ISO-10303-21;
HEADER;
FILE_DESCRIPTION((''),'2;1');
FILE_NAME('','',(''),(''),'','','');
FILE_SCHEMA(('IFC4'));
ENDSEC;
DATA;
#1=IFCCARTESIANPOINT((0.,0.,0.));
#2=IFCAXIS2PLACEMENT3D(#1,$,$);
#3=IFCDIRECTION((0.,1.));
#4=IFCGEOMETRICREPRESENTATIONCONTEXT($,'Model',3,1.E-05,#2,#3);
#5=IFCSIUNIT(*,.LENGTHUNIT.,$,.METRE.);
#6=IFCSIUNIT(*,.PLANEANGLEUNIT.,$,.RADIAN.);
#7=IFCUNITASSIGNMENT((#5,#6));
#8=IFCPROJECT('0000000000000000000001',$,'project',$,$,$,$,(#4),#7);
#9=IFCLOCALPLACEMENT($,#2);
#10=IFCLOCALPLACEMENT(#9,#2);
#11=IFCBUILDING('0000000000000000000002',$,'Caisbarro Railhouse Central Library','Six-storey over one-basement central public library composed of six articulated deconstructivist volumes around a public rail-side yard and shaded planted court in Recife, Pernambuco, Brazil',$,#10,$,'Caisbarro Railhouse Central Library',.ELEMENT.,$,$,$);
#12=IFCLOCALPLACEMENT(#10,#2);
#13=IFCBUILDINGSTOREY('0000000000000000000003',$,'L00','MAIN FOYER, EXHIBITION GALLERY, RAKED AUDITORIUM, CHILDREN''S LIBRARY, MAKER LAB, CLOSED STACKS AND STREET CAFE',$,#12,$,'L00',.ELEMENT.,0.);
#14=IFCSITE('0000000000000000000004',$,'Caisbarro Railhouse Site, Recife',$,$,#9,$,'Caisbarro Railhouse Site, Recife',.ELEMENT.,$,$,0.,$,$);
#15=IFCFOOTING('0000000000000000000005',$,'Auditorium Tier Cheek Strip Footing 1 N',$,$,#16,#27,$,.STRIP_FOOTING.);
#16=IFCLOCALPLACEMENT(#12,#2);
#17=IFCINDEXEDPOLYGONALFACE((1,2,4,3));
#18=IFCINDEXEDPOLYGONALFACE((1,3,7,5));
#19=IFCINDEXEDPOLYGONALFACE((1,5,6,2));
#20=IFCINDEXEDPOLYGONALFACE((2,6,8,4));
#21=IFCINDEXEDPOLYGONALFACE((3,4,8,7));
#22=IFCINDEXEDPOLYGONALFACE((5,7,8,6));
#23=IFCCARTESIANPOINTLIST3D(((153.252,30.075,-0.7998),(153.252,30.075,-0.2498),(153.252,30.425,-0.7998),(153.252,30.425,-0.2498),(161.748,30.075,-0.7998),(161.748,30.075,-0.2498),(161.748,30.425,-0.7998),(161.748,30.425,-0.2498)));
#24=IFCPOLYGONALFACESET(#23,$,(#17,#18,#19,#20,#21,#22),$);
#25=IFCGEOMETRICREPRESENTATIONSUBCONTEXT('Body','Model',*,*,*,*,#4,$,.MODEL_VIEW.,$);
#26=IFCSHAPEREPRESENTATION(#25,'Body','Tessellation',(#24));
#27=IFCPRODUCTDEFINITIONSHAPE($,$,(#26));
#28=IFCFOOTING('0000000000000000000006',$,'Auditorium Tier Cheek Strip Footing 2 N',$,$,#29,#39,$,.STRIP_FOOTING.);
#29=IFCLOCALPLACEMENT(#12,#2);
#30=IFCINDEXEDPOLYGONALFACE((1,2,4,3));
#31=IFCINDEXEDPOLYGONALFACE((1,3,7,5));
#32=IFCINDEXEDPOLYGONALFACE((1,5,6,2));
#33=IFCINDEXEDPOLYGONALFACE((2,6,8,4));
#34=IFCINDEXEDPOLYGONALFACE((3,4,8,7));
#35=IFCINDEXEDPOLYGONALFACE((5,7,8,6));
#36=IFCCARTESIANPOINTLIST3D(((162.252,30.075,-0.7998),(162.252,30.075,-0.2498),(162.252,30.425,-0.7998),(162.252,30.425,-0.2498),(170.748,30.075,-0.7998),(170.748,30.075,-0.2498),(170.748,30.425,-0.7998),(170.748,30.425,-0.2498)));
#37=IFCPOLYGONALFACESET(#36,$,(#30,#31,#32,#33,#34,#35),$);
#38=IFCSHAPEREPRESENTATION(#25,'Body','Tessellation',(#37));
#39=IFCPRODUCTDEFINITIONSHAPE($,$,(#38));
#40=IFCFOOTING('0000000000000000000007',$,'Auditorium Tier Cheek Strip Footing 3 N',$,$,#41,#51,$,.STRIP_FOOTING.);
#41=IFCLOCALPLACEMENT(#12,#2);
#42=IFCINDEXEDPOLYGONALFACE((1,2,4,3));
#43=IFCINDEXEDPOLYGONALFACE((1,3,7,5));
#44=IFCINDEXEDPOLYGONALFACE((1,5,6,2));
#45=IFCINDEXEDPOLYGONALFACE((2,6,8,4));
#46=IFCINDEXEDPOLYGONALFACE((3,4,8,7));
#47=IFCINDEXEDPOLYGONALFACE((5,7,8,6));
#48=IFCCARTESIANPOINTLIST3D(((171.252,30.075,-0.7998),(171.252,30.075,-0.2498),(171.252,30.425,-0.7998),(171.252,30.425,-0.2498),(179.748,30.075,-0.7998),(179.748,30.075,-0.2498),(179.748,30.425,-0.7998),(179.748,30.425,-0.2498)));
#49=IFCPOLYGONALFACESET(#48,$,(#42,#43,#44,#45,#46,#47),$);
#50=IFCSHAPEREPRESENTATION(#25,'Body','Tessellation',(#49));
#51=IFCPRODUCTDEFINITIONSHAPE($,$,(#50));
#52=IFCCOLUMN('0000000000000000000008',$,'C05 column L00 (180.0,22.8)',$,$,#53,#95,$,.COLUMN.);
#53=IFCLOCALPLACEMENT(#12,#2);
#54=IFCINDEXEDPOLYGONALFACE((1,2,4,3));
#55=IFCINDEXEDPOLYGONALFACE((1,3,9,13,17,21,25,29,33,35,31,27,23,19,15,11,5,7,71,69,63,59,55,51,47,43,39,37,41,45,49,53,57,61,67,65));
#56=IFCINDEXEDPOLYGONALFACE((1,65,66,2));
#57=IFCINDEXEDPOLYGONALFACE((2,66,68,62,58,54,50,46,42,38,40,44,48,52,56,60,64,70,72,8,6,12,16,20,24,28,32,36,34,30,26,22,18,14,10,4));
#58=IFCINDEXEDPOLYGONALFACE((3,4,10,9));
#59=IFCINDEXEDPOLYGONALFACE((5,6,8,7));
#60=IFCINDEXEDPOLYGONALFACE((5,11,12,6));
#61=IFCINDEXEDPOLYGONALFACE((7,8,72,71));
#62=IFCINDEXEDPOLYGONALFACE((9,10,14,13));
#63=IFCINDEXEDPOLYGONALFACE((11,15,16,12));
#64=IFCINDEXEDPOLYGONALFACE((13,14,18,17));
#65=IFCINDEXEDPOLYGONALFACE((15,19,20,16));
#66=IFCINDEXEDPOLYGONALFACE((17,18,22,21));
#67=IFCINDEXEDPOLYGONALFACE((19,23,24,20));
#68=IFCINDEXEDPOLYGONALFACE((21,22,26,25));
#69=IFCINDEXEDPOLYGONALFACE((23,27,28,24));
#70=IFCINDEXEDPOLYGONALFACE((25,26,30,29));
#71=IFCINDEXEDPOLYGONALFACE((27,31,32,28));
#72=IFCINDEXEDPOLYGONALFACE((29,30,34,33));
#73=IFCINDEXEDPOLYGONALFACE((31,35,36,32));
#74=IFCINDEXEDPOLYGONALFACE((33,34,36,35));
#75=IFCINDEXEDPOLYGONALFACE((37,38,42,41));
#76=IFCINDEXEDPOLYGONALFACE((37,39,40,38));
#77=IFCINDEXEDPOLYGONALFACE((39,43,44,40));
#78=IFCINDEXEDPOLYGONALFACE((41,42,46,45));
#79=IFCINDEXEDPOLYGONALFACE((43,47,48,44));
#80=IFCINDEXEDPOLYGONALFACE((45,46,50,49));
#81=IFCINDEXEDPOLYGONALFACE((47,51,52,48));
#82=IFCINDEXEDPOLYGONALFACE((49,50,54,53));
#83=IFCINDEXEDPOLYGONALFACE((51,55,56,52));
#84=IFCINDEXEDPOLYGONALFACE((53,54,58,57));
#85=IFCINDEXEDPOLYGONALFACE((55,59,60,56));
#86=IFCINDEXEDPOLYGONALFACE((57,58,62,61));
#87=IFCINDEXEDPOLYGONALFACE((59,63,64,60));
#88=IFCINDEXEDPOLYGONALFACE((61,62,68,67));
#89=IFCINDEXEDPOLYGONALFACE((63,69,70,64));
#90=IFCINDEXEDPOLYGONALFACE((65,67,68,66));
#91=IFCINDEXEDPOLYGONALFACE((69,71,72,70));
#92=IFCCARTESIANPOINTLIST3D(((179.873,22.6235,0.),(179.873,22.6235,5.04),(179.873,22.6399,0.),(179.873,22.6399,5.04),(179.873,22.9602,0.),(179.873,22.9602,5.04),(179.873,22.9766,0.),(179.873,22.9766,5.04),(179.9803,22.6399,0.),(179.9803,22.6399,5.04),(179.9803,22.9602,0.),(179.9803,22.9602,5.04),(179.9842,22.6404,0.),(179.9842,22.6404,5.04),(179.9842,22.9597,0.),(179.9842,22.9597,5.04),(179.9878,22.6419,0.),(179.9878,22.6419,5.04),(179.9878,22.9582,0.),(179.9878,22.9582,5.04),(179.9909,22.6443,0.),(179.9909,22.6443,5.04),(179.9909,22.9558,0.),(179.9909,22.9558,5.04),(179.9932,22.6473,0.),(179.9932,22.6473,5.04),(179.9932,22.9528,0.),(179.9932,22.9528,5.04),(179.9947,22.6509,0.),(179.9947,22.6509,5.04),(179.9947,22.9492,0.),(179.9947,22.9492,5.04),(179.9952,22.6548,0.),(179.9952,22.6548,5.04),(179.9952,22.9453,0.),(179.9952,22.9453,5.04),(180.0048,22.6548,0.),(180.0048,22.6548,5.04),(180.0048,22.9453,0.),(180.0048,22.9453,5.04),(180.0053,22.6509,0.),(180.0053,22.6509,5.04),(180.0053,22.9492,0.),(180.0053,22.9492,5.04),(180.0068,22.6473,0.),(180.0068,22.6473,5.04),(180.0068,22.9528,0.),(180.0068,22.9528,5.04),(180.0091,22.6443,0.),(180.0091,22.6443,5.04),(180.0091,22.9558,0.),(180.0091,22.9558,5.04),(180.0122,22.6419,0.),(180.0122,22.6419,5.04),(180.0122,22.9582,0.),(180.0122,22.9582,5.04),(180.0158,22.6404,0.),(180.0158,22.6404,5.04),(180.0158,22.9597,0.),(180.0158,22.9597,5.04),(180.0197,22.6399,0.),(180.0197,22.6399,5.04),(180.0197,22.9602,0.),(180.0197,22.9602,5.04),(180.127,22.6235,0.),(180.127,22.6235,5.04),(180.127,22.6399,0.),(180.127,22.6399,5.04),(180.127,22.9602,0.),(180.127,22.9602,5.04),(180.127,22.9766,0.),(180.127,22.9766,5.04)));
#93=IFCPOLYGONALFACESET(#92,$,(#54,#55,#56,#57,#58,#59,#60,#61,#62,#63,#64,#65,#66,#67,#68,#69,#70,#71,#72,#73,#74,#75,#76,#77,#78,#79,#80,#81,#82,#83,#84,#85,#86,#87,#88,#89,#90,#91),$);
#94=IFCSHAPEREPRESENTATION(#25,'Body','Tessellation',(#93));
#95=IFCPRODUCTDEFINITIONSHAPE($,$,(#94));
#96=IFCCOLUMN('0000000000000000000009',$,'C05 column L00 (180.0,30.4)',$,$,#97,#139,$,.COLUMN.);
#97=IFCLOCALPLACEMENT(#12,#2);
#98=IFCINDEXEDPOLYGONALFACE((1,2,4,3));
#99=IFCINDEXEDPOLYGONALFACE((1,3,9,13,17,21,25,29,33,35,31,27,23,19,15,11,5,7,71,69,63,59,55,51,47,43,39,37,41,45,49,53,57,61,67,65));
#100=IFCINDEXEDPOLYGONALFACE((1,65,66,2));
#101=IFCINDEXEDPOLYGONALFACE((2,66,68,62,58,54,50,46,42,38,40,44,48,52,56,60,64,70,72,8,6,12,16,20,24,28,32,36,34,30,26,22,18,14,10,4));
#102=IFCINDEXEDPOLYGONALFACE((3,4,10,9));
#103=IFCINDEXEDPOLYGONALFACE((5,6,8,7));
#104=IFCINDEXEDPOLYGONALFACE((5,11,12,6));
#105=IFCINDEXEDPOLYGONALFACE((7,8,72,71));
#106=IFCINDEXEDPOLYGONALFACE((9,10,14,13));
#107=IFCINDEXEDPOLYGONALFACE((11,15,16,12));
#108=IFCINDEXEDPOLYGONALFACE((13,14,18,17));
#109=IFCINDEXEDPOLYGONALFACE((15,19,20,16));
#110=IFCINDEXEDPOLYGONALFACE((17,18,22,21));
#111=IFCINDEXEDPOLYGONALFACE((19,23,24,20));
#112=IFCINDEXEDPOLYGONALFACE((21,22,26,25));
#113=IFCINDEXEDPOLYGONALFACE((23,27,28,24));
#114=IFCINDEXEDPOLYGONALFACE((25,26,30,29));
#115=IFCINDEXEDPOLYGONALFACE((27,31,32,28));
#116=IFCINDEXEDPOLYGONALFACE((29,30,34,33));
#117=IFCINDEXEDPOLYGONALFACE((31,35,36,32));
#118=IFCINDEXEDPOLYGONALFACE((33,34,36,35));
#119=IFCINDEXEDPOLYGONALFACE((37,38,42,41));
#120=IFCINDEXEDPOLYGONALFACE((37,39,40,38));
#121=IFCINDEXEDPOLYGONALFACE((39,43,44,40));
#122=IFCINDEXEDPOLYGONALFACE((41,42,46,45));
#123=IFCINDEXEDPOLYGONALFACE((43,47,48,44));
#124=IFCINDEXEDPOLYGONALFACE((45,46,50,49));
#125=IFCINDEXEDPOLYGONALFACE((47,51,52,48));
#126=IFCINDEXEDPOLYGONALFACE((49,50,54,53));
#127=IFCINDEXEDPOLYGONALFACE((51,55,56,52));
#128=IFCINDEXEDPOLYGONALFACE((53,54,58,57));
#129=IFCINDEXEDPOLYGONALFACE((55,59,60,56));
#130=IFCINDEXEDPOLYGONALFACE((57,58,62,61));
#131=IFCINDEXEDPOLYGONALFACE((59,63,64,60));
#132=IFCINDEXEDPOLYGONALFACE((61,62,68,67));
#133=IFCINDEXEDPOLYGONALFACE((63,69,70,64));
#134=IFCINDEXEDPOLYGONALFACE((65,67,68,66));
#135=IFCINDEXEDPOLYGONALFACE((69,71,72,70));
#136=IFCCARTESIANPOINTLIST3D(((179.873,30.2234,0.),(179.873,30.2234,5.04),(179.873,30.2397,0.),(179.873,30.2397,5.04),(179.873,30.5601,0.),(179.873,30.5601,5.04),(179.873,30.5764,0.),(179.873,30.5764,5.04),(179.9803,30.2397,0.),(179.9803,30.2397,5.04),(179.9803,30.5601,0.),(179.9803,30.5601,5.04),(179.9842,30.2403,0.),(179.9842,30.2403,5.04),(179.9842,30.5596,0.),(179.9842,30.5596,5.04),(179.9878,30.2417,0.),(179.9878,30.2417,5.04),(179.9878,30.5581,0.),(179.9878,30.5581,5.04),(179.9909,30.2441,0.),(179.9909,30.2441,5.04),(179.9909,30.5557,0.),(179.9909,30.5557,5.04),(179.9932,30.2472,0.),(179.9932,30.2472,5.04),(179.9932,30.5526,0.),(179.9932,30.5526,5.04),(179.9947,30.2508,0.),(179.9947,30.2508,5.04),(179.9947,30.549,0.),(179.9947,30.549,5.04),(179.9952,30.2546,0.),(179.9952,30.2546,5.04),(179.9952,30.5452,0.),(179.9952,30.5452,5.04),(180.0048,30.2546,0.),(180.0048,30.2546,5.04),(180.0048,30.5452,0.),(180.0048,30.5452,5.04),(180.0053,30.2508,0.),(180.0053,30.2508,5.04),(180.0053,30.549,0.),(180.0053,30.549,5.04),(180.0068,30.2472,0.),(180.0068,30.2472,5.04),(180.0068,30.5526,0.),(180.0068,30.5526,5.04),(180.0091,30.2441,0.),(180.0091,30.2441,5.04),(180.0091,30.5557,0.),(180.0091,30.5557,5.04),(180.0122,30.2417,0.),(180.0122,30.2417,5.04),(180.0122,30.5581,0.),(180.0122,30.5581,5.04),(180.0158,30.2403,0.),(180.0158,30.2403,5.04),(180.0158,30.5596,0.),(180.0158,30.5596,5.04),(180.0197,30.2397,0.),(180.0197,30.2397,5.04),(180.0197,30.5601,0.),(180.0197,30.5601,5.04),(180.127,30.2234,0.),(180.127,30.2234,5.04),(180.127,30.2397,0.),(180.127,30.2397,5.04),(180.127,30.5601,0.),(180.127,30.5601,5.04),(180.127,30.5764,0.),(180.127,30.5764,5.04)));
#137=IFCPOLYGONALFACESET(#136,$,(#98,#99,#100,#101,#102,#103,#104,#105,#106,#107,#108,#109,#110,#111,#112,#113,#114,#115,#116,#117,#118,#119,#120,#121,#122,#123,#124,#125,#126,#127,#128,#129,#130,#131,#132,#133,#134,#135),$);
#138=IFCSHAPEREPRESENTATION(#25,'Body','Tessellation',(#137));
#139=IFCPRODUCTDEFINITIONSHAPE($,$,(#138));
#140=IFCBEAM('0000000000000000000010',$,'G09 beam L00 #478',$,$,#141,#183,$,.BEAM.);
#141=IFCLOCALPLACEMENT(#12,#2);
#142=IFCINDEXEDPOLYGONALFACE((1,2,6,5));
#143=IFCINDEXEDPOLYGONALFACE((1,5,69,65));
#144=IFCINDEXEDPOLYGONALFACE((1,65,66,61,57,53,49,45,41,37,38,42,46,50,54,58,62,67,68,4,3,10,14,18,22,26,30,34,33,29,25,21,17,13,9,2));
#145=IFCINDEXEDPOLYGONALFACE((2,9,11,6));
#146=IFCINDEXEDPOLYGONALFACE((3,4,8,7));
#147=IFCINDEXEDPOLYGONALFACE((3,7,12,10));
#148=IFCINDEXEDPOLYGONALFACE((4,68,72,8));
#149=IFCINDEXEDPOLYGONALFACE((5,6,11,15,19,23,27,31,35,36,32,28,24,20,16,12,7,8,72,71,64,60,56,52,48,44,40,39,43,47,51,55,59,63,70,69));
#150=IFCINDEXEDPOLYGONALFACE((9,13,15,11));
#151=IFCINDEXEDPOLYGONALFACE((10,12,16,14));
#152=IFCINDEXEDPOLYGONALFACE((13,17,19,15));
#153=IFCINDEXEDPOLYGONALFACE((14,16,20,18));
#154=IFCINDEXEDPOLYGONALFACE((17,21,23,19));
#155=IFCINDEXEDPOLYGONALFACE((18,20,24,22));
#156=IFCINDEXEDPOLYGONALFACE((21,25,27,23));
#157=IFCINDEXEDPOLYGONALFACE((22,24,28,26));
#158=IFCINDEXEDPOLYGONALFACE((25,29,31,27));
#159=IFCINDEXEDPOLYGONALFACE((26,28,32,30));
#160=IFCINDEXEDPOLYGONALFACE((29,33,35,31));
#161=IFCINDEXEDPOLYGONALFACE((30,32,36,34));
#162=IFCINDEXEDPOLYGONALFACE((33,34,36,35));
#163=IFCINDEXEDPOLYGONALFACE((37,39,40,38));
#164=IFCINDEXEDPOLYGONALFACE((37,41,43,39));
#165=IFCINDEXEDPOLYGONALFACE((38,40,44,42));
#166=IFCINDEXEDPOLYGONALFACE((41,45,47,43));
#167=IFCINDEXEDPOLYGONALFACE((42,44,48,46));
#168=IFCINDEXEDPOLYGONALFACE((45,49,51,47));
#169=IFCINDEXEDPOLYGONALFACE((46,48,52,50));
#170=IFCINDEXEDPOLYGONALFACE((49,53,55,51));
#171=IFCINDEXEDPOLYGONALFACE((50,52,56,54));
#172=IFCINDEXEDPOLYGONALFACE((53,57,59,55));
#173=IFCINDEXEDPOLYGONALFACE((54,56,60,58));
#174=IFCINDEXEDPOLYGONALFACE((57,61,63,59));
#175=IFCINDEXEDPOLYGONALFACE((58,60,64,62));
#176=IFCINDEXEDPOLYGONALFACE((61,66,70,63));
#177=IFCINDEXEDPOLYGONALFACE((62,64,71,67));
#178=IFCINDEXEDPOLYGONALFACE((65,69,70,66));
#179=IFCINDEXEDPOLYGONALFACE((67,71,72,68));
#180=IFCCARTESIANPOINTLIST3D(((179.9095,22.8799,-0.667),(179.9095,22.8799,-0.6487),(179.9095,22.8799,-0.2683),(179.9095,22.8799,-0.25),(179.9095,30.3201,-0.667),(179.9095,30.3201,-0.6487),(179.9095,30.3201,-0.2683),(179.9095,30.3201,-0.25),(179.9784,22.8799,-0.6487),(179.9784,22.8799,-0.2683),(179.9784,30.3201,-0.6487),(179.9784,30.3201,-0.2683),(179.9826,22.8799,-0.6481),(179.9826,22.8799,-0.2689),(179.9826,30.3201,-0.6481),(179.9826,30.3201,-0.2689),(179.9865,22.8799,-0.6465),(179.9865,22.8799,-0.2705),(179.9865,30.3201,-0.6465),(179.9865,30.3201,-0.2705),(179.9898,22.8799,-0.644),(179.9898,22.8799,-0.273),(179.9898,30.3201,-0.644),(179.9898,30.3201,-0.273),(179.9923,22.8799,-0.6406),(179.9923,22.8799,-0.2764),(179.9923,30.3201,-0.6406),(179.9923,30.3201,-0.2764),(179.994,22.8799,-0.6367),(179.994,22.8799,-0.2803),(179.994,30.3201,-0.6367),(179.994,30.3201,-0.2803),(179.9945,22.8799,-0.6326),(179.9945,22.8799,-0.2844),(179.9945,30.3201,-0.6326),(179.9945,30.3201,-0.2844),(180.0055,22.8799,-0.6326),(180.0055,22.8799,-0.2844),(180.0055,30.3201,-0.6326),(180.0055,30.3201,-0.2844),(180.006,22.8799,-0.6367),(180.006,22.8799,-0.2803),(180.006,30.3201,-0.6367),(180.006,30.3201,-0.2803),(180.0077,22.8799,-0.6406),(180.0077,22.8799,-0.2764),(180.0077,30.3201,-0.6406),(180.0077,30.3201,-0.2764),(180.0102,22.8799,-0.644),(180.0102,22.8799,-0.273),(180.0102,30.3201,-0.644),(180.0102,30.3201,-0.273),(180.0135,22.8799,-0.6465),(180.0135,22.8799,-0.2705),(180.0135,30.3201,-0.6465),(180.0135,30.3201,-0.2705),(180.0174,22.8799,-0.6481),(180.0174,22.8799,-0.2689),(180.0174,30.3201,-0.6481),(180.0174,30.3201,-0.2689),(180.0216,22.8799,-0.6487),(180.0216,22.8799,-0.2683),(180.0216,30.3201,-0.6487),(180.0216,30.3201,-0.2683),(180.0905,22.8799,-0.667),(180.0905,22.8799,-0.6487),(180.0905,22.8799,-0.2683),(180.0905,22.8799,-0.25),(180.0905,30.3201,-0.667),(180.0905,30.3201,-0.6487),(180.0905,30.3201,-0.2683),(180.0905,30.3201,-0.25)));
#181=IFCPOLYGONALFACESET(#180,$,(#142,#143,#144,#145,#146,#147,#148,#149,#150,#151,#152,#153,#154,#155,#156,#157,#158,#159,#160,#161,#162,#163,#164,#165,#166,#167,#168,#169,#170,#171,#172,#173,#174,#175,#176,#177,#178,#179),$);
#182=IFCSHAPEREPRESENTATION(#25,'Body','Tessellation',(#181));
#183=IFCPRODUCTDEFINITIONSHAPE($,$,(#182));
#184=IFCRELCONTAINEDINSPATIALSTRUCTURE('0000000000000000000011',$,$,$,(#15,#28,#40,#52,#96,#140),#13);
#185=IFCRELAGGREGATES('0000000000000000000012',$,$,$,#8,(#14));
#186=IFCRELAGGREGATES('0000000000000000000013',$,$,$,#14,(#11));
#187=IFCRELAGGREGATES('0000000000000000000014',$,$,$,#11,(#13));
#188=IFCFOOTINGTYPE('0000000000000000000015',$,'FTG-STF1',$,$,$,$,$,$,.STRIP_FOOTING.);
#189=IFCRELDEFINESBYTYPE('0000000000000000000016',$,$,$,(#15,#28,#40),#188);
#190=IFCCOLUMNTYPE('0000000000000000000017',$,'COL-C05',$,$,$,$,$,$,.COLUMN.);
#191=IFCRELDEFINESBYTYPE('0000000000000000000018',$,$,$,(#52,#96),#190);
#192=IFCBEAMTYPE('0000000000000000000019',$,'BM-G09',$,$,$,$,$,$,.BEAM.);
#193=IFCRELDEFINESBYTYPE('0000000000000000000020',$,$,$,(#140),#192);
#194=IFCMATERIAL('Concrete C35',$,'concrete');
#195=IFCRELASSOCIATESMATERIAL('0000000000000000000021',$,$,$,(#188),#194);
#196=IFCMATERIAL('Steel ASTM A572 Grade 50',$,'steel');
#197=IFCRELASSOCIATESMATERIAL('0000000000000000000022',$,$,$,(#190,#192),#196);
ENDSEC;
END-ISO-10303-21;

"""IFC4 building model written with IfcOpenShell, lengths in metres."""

from ifc_helpers import new_model, si_unit, direction, frame, origin, origin_2d, place, context, subcontext, project, spatial, rectangle, i_section, extrude, material, material_profile, profile_set, type_object, element, save


model = new_model("IFC4")

# Units and contexts
model_context = context("Model", 3, precision=1e-05, world=origin(), true_north=direction((0.0, 1.0)))
body_context = subcontext(model_context, "Body", "Model", "MODEL_VIEW")
ifc_project = project(units=[si_unit("LENGTHUNIT", "METRE"), si_unit("PLANEANGLEUNIT", "RADIAN")], contexts=[model_context])

# Site, building, storey
site_placement = place(None, origin())
site = spatial("IfcSite", under=ifc_project, at=site_placement, Name="Caisbarro Railhouse Site, Recife", LongName="Caisbarro Railhouse Site, Recife", CompositionType="ELEMENT", RefElevation=0.0)
building_placement = place(site_placement, origin())
building = spatial("IfcBuilding", under=site, at=building_placement, Name="Caisbarro Railhouse Central Library", Description="Six-storey over one-basement central public library composed of six articulated deconstructivist volumes around a public rail-side yard and shaded planted court in Recife, Pernambuco, Brazil", LongName="Caisbarro Railhouse Central Library", CompositionType="ELEMENT")
storey_placement = place(building_placement, origin())
storey = spatial("IfcBuildingStorey", under=building, at=storey_placement, Name="L00", Description="MAIN FOYER, EXHIBITION GALLERY, RAKED AUDITORIUM, CHILDREN'S LIBRARY, MAKER LAB, CLOSED STACKS AND STREET CAFE", LongName="L00", CompositionType="ELEMENT", Elevation=0.0)

# Footings
ifc_material_1 = material(Name="Concrete C35", Category="concrete")
footing_type = type_object("IfcFootingType", Name="FTG-STF1", PredefinedType="STRIP_FOOTING", material=ifc_material_1)
for number, where, z_axis, x_axis, name in (
    (1, (157.5, 30.25, -0.7998), (0.0, 0.0, 1.0), (1.0, 0.0, 0.0), "Auditorium Tier Cheek Strip Footing 1 N"),
    (2, (166.5, 30.25, -0.7998), (0.0, 0.0, 1.0), (1.0, 0.0, 0.0), "Auditorium Tier Cheek Strip Footing 2 N"),
    (3, (175.5, 30.25, -0.7998), (0.0, 0.0, 1.0), (1.0, 0.0, 0.0), "Auditorium Tier Cheek Strip Footing 3 N"),
):
    element("IfcFooting", number, at=place(storey_placement, frame(where, z_axis=z_axis, x_axis=x_axis)), inside=storey, type_object=footing_type, Name=name, PredefinedType="STRIP_FOOTING", context=body_context, shape_type="SweptSolid", body=[
        extrude(rectangle(XDim=8.4961, YDim=0.3501, at=origin_2d()), origin(), (0.0, 0.0, 1.0), 0.55),
    ])

# Columns
ifc_material_2 = material(Name="Steel ASTM A572 Grade 50", Category="steel")
ifc_material_profile_1 = material_profile(ifc_material_2, i_section(OverallWidth=0.2539, OverallDepth=0.353, WebThickness=0.0095, FlangeThickness=0.0164, FilletRadius=0.0149, at=origin_2d()), Name="W360X91.0")
ifc_profile_set_1 = profile_set([ifc_material_profile_1], Name="Steel ASTM A572 Grade 50")
column_type = type_object("IfcColumnType", Name="COL-C05", PredefinedType="COLUMN", material=ifc_profile_set_1)
for number, where, z_axis, x_axis, name in (
    (4, (180.0, 22.8, 0.0), (0.0, 0.0, 1.0), (1.0, 0.0, 0.0), "C05 column L00 (180.0,22.8)"),
    (5, (180.0, 30.3999, 0.0), (0.0, 0.0, 1.0), (1.0, 0.0, 0.0), "C05 column L00 (180.0,30.4)"),
):
    element("IfcColumn", number, at=place(storey_placement, frame(where, z_axis=z_axis, x_axis=x_axis)), inside=storey, type_object=column_type, Name=name, PredefinedType="COLUMN", context=body_context, shape_type="SweptSolid", body=[
        extrude(i_section(OverallWidth=0.2539, OverallDepth=0.353, WebThickness=0.0095, FlangeThickness=0.0164, FilletRadius=0.0149, at=origin_2d()), origin(), (0.0, 0.0, 1.0), 5.04),
    ])

# Beam
ifc_material_profile_2 = material_profile(ifc_material_2, i_section(OverallWidth=0.1809, OverallDepth=0.417, WebThickness=0.011, FlangeThickness=0.0183, FilletRadius=0.0161, at=origin_2d()), Name="W410X85.0")
ifc_profile_set_2 = profile_set([ifc_material_profile_2], Name="Steel ASTM A572 Grade 50")
beam_type = type_object("IfcBeamType", Name="BM-G09", PredefinedType="BEAM", material=ifc_profile_set_2)
beam_1_placement = place(storey_placement, frame((180.0, 22.8799, -0.4585), z_axis=(0.0, 1.0, 0.0), x_axis=(-1.0, 0.0, 0.0)))
element("IfcBeam", 6, at=beam_1_placement, inside=storey, type_object=beam_type, Name="G09 beam L00 #478", PredefinedType="BEAM", context=body_context, shape_type="SweptSolid", body=[
    extrude(i_section(OverallWidth=0.1809, OverallDepth=0.417, WebThickness=0.011, FlangeThickness=0.0183, FilletRadius=0.0161, at=origin_2d()), origin(), (0.0, 0.0, 1.0), 7.4402),
])

save(model, "model.ifc")
